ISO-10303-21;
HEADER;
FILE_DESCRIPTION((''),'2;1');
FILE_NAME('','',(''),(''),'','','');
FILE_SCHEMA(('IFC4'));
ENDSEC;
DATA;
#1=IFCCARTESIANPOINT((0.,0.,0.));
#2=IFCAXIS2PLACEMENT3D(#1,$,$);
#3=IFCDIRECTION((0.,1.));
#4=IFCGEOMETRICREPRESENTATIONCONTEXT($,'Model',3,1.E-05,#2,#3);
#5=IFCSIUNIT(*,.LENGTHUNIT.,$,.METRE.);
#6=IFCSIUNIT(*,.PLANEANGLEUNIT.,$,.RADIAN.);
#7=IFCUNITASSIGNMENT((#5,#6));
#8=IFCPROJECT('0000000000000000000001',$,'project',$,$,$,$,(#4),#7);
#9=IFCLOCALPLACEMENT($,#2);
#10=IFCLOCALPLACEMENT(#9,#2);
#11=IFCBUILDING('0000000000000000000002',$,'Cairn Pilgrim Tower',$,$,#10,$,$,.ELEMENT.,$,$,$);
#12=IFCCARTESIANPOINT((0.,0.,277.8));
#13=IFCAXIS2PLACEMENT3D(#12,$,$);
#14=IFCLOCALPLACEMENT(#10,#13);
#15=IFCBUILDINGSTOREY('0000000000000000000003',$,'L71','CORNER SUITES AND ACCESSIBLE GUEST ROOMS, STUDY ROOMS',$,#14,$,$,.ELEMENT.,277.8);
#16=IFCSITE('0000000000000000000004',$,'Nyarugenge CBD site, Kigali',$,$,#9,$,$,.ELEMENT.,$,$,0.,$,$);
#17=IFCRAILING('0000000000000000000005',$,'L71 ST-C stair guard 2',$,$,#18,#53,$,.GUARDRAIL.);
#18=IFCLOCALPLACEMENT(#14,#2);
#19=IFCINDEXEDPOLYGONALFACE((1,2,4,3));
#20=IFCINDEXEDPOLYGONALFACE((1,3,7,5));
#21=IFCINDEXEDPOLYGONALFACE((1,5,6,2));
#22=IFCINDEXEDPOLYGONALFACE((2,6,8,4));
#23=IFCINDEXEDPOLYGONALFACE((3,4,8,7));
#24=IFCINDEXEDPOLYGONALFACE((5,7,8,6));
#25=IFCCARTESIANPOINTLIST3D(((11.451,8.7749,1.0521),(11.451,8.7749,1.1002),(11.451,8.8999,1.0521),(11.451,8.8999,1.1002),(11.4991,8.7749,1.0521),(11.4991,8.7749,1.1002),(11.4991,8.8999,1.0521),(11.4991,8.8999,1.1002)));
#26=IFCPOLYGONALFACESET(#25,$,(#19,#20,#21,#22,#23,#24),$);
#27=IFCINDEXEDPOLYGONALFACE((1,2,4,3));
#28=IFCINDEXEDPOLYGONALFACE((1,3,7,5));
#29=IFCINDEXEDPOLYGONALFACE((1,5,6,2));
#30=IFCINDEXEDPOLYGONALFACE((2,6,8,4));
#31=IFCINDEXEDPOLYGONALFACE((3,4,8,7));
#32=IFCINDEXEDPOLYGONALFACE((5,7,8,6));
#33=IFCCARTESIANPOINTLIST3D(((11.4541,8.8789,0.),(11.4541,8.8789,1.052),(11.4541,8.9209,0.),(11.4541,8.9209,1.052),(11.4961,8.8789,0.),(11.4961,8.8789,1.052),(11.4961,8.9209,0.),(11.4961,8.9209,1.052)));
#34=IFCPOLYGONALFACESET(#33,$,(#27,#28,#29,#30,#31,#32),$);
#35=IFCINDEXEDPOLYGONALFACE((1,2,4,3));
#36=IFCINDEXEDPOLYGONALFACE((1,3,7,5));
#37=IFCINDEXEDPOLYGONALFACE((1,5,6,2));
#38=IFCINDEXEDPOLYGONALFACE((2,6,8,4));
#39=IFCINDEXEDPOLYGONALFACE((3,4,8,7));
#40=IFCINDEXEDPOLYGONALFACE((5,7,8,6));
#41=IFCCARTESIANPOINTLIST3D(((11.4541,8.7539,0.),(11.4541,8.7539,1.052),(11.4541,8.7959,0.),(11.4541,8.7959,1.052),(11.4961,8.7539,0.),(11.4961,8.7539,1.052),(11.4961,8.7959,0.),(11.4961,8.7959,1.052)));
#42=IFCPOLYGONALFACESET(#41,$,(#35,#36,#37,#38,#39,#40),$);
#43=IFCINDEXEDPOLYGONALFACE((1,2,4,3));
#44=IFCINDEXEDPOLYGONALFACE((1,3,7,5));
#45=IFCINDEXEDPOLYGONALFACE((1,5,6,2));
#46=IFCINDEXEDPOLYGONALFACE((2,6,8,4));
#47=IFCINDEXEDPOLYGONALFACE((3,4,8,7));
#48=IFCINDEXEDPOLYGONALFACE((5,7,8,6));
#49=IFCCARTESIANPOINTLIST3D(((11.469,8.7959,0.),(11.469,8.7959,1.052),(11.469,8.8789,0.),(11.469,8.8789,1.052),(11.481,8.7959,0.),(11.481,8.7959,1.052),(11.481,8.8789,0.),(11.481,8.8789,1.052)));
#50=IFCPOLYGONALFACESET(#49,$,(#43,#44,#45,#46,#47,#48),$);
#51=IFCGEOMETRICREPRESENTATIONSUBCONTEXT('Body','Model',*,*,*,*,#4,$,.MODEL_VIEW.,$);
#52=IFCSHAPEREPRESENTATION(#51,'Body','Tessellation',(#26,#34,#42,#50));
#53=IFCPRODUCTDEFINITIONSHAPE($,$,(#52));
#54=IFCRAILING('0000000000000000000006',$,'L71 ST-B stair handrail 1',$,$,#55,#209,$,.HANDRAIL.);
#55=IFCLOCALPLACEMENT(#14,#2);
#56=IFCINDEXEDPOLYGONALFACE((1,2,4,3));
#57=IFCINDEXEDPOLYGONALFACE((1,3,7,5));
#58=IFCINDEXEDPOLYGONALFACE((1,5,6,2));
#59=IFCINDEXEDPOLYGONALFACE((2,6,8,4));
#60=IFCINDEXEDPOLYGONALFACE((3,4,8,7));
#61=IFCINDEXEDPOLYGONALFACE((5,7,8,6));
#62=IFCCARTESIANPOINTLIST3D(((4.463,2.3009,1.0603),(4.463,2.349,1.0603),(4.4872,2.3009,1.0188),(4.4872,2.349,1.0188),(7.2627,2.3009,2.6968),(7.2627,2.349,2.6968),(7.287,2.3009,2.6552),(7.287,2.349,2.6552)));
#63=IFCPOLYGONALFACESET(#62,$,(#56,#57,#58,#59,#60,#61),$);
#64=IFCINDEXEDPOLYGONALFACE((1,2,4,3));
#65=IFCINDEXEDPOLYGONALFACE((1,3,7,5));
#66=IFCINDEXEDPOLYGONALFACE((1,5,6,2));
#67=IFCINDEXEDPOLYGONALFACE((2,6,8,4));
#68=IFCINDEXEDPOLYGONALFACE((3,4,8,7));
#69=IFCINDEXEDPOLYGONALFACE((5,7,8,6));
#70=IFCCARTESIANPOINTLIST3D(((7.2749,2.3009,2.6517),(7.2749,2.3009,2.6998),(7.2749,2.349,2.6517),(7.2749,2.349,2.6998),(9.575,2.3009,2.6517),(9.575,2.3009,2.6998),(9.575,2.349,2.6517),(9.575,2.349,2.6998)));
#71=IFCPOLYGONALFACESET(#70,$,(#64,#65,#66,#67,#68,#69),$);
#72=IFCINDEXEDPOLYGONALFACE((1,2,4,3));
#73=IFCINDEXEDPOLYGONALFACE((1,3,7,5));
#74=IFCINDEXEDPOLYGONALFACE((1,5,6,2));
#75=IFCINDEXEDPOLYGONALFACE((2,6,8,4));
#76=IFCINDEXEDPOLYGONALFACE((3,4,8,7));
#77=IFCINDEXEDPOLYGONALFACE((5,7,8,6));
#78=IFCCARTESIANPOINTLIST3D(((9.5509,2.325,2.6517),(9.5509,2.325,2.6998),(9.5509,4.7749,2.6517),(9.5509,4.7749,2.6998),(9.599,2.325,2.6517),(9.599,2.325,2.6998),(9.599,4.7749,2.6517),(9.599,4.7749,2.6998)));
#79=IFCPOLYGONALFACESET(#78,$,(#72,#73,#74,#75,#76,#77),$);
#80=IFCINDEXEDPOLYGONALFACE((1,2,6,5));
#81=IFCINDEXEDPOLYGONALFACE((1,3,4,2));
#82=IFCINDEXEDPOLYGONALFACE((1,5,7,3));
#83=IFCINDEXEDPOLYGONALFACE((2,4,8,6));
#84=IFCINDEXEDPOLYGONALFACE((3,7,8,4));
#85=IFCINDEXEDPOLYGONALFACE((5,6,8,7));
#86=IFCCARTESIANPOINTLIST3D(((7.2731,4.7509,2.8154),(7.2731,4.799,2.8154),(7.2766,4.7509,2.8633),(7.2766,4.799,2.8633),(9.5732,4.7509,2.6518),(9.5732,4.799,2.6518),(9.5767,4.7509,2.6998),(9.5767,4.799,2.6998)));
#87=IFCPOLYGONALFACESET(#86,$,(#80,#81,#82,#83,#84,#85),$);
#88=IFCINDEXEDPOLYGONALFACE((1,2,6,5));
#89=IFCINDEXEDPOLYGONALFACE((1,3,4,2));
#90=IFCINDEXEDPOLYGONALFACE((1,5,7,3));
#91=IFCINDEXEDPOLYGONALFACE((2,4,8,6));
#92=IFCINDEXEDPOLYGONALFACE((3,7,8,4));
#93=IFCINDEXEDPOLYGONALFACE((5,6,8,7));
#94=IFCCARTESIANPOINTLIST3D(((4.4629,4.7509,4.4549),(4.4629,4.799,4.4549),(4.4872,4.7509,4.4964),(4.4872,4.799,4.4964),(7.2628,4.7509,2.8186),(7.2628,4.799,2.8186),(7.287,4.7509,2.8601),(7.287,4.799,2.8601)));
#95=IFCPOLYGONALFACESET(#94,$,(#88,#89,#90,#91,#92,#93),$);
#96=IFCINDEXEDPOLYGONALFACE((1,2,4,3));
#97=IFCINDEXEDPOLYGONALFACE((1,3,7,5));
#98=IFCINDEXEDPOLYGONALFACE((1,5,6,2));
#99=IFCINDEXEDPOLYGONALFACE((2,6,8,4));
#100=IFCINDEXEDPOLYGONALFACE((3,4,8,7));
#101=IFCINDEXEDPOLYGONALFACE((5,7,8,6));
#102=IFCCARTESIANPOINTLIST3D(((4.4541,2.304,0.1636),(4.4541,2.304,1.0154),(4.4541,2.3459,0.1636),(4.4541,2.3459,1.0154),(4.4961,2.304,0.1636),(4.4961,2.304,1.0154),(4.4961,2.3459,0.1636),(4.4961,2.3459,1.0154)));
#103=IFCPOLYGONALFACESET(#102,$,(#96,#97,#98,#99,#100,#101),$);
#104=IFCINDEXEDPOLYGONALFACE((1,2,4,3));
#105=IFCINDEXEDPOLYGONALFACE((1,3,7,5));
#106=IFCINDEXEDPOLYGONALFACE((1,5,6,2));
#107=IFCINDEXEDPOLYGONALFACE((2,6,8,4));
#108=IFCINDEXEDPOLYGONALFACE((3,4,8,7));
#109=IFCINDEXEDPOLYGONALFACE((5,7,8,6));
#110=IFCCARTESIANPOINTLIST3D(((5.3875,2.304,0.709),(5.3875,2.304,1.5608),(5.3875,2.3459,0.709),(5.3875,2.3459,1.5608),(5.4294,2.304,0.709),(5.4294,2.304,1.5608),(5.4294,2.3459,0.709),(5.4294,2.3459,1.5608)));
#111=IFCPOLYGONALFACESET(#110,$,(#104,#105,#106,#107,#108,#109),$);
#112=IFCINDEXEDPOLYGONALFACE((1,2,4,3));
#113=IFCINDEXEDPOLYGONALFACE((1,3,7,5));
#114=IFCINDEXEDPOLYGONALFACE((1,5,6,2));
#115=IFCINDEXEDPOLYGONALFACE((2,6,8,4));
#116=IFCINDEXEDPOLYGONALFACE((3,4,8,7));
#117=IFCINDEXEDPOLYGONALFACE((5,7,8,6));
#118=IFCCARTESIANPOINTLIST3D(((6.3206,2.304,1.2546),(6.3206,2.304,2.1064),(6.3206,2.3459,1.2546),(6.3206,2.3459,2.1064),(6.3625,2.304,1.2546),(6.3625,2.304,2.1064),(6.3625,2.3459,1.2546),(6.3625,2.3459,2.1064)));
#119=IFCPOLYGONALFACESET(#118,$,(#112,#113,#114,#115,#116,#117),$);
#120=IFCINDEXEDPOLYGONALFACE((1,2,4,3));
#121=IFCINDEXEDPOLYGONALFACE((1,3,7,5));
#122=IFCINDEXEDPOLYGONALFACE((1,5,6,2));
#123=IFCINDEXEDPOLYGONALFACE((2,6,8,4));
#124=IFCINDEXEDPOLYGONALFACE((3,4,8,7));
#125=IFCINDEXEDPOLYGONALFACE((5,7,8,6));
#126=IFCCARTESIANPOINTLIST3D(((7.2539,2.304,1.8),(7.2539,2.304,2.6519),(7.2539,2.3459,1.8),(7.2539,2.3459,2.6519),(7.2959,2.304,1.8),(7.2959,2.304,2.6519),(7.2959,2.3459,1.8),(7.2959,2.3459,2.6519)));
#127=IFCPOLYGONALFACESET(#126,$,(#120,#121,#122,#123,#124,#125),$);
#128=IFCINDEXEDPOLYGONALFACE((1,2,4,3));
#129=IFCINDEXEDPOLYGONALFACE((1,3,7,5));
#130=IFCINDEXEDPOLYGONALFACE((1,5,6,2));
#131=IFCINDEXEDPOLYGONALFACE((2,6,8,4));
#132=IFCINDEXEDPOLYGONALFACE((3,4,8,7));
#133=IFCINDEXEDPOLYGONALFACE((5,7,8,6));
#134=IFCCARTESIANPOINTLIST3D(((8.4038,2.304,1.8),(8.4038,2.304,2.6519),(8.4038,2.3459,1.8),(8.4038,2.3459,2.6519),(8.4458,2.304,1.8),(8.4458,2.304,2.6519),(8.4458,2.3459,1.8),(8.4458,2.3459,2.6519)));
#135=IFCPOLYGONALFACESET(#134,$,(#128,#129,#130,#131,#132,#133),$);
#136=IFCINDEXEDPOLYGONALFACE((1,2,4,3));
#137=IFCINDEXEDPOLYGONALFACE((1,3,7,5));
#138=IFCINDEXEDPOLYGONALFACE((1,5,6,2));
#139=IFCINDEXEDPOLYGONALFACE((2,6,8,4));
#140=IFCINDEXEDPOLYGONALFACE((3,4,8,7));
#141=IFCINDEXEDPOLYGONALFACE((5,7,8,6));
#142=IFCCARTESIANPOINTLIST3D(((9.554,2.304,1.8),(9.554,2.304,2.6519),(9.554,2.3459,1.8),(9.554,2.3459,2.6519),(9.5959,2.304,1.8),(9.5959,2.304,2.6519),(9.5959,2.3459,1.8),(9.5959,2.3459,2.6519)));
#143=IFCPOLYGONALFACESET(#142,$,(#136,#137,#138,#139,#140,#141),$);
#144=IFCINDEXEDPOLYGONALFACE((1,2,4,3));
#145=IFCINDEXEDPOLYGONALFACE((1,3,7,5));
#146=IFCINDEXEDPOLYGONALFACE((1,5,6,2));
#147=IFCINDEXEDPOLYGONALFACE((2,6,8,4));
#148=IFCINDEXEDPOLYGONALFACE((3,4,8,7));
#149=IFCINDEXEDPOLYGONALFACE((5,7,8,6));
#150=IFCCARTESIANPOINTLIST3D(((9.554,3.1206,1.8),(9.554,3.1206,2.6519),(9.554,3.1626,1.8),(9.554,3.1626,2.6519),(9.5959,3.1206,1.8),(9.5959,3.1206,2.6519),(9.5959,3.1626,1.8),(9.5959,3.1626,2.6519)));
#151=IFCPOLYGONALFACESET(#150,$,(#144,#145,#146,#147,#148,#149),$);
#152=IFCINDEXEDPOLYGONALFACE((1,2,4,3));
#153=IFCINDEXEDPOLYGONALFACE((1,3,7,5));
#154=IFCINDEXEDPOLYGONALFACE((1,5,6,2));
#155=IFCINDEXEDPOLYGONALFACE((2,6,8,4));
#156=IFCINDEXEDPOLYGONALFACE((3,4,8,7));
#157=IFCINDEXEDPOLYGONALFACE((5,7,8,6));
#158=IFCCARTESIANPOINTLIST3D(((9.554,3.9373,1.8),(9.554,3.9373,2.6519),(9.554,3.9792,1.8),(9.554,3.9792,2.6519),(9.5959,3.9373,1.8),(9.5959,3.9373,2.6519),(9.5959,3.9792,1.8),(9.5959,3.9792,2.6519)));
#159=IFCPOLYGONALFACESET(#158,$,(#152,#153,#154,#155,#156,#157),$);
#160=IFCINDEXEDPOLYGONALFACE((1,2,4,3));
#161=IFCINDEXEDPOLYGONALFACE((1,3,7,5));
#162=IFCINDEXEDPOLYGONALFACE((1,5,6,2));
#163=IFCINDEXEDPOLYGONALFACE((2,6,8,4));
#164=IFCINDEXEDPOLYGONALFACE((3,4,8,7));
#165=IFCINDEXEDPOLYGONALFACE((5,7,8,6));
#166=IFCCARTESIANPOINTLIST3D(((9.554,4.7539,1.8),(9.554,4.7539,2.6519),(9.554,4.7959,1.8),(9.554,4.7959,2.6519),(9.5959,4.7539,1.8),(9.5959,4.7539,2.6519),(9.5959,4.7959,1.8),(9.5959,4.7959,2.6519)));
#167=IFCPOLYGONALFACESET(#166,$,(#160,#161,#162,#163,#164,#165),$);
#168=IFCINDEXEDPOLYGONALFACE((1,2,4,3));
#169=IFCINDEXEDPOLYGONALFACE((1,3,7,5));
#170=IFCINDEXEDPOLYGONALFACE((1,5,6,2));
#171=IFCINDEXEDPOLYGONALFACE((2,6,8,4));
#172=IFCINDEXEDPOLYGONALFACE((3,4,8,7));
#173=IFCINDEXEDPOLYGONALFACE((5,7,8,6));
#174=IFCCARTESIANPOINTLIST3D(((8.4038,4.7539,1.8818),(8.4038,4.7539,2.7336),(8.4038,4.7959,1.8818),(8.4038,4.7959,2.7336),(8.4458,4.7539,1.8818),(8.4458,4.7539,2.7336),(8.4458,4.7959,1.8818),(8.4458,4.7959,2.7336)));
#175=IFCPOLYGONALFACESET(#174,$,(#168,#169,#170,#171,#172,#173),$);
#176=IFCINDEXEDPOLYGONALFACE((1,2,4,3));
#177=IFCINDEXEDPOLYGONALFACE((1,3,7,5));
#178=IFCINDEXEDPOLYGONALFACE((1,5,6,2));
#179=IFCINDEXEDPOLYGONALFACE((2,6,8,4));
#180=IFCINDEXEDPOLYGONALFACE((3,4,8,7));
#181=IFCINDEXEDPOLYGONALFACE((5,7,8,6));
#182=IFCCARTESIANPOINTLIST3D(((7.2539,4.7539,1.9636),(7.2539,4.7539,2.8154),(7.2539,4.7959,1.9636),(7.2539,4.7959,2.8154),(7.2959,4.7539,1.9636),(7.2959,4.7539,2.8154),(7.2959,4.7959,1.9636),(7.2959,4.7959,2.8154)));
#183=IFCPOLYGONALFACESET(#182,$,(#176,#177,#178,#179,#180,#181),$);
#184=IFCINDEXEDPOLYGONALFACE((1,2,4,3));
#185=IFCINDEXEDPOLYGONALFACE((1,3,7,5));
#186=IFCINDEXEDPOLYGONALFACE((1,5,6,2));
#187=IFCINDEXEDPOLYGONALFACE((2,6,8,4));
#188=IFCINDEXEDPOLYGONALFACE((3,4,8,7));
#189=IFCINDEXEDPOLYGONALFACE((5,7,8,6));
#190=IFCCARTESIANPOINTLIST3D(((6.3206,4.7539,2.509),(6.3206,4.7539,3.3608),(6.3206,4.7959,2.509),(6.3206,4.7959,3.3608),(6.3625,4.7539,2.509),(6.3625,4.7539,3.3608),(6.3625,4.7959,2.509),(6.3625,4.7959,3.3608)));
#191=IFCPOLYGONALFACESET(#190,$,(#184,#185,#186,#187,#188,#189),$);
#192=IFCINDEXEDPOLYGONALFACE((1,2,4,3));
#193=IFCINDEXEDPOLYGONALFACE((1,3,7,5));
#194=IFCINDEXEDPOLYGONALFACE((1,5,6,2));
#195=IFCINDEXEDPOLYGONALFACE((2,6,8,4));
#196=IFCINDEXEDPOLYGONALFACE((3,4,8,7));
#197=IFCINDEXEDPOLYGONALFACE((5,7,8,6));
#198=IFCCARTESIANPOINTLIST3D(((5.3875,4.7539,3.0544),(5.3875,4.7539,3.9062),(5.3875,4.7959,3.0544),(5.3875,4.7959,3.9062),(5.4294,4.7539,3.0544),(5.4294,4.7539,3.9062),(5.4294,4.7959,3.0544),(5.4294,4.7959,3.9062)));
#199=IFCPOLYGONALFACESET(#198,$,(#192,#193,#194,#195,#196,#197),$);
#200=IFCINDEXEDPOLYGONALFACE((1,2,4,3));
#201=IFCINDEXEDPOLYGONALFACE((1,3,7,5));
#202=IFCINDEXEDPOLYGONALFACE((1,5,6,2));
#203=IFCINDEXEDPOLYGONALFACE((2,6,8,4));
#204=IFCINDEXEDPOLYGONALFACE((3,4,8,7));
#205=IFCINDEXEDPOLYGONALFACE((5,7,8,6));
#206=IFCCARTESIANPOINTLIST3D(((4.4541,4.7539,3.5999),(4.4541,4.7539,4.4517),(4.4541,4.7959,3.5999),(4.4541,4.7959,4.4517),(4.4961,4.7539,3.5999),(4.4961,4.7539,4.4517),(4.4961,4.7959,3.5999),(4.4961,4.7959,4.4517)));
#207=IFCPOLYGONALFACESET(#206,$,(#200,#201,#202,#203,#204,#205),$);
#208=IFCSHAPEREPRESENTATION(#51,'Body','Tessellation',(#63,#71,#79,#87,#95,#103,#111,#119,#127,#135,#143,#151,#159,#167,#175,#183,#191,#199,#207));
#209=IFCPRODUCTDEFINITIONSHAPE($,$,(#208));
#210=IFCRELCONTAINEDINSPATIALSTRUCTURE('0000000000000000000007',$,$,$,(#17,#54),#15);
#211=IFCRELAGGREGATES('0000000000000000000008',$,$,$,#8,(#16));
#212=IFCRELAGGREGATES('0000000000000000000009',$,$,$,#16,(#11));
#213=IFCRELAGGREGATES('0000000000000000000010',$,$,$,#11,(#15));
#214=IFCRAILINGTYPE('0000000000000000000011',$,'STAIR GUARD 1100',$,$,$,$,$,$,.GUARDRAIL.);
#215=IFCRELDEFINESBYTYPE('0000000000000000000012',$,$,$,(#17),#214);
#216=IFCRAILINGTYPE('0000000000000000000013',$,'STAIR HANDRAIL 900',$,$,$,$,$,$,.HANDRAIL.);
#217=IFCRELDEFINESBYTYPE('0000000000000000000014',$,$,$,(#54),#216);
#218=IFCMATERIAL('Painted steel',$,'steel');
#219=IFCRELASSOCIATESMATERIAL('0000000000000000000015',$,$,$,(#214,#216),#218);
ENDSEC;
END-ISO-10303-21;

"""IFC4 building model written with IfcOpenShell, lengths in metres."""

from ifc_helpers import new_model, si_unit, direction, frame, origin, origin_2d, place, context, subcontext, project, spatial, polyline, rectangle, outline, extrude, material, type_object, element, save


model = new_model("IFC4")

# Units and contexts
model_context = context("Model", 3, precision=1e-05, world=origin(), true_north=direction((0.0, 1.0)))
body_context = subcontext(model_context, "Body", "Model", "MODEL_VIEW")
ifc_project = project(units=[si_unit("LENGTHUNIT", "METRE"), si_unit("PLANEANGLEUNIT", "RADIAN")], contexts=[model_context])

# Site, building, storey
site_placement = place(None, origin())
site = spatial("IfcSite", under=ifc_project, at=site_placement, Name="Nyarugenge CBD site, Kigali", CompositionType="ELEMENT", RefElevation=0.0)
building_placement = place(site_placement, origin())
building = spatial("IfcBuilding", under=site, at=building_placement, Name="Cairn Pilgrim Tower", CompositionType="ELEMENT")
storey_placement = place(building_placement, frame((0.0, 0.0, 277.8)))
storey = spatial("IfcBuildingStorey", under=building, at=storey_placement, Name="L71", Description="CORNER SUITES AND ACCESSIBLE GUEST ROOMS, STUDY ROOMS", CompositionType="ELEMENT", Elevation=277.8)

# Shared definitions
ifc_material_1 = material(Name="Painted steel", Category="steel")

# Railings
railing_type_1 = type_object("IfcRailingType", Name="STAIR GUARD 1100", PredefinedType="GUARDRAIL", material=ifc_material_1)
railing_1_placement = place(storey_placement, frame((11.4751, 8.8999, 0.0)))
element("IfcRailing", 1, at=railing_1_placement, inside=storey, type_object=railing_type_1, Name="L71 ST-C stair guard 2", PredefinedType="GUARDRAIL", context=body_context, shape_type="SweptSolid", body=[
    extrude(rectangle(XDim=0.0481, YDim=0.0481, at=origin_2d()), frame((0.0, 0.0, 1.0762), z_axis=(0.0, -1.0, 0.0), x_axis=(1.0, 0.0, 0.0)), (0.0, 0.0, 1.0), 0.125),
    extrude(rectangle(XDim=0.042, YDim=0.042, at=origin_2d()), origin(), (0.0, 0.0, 1.0), 1.052),
    extrude(rectangle(XDim=0.042, YDim=0.042, at=origin_2d()), frame((0.0, -0.125, 0.0)), (0.0, 0.0, 1.0), 1.052),
    extrude(outline(polyline([(0.021, 0.0), (0.104, 0.0), (0.104, 1.052), (0.021, 1.052), (0.021, 0.0)])), frame((0.0059, 0.0, 0.0), z_axis=(-1.0, 0.0, 0.0), x_axis=(0.0, -1.0, 0.0)), (0.0, 0.0, 1.0), 0.012),
])
railing_type_2 = type_object("IfcRailingType", Name="STAIR HANDRAIL 900", PredefinedType="HANDRAIL", material=ifc_material_1)
railing_2_placement = place(storey_placement, frame((4.4751, 2.325, 0.1636)))
element("IfcRailing", 2, at=railing_2_placement, inside=storey, type_object=railing_type_2, Name="L71 ST-B stair handrail 1", PredefinedType="HANDRAIL", context=body_context, shape_type="SweptSolid", body=[
    extrude(rectangle(XDim=0.0481, YDim=0.0481, at=origin_2d()), frame((0.0, 0.0, 0.876), z_axis=(0.863342, 0.0, 0.50462), x_axis=(0.0, 1.0, 0.0)), (0.0, 0.0, 1.0), 3.2429),
    extrude(rectangle(XDim=0.0481, YDim=0.0481, at=origin_2d()), frame((2.7998, 0.0, 2.5122), z_axis=(1.0, 0.0, 0.0), x_axis=(0.0, 1.0, 0.0)), (0.0, 0.0, 1.0), 2.3),
    extrude(rectangle(XDim=0.0481, YDim=0.0481, at=origin_2d()), frame((5.0999, 0.0, 2.5122), z_axis=(0.0, 1.0, 0.0), x_axis=(-1.0, 0.0, 0.0)), (0.0, 0.0, 1.0), 2.45),
    extrude(rectangle(XDim=0.0481, YDim=0.0481, at=origin_2d()), frame((5.0999, 2.45, 2.5122), z_axis=(-0.997481, 0.0, 0.070939), x_axis=(0.0, -1.0, 0.0)), (0.0, 0.0, 1.0), 2.3059),
    extrude(rectangle(XDim=0.0481, YDim=0.0481, at=origin_2d()), frame((2.7998, 2.45, 2.6758), z_axis=(-0.863374, 0.0, 0.504564), x_axis=(0.0, -1.0, 0.0)), (0.0, 0.0, 1.0), 3.2429),
    extrude(rectangle(XDim=0.042, YDim=0.042, at=origin_2d()), origin(), (0.0, 0.0, 1.0), 0.8518),
    extrude(rectangle(XDim=0.042, YDim=0.042, at=origin_2d()), frame((0.9333, 0.0, 0.5454)), (0.0, 0.0, 1.0), 0.8518),
    extrude(rectangle(XDim=0.042, YDim=0.042, at=origin_2d()), frame((1.8665, 0.0, 1.0911)), (0.0, 0.0, 1.0), 0.8518),
    extrude(rectangle(XDim=0.042, YDim=0.042, at=origin_2d()), frame((2.7998, 0.0, 1.6365)), (0.0, 0.0, 1.0), 0.8518),
    extrude(rectangle(XDim=0.042, YDim=0.042, at=origin_2d()), frame((3.9497, 0.0, 1.6365)), (0.0, 0.0, 1.0), 0.8518),
    extrude(rectangle(XDim=0.042, YDim=0.042, at=origin_2d()), frame((5.0999, 0.0, 1.6365)), (0.0, 0.0, 1.0), 0.8518),
    extrude(rectangle(XDim=0.042, YDim=0.042, at=origin_2d()), frame((5.0999, 0.8167, 1.6365)), (0.0, 0.0, 1.0), 0.8518),
    extrude(rectangle(XDim=0.042, YDim=0.042, at=origin_2d()), frame((5.0999, 1.6333, 1.6365)), (0.0, 0.0, 1.0), 0.8518),
    extrude(rectangle(XDim=0.042, YDim=0.042, at=origin_2d()), frame((5.0999, 2.45, 1.6365)), (0.0, 0.0, 1.0), 0.8518),
    extrude(rectangle(XDim=0.042, YDim=0.042, at=origin_2d()), frame((3.9497, 2.45, 1.7183)), (0.0, 0.0, 1.0), 0.8518),
    extrude(rectangle(XDim=0.042, YDim=0.042, at=origin_2d()), frame((2.7998, 2.45, 1.8)), (0.0, 0.0, 1.0), 0.8518),
    extrude(rectangle(XDim=0.042, YDim=0.042, at=origin_2d()), frame((1.8665, 2.45, 2.3455)), (0.0, 0.0, 1.0), 0.8518),
    extrude(rectangle(XDim=0.042, YDim=0.042, at=origin_2d()), frame((0.9333, 2.45, 2.8909)), (0.0, 0.0, 1.0), 0.8518),
    extrude(rectangle(XDim=0.042, YDim=0.042, at=origin_2d()), frame((0.0, 2.45, 3.4363)), (0.0, 0.0, 1.0), 0.8518),
])

save(model, "model.ifc")
